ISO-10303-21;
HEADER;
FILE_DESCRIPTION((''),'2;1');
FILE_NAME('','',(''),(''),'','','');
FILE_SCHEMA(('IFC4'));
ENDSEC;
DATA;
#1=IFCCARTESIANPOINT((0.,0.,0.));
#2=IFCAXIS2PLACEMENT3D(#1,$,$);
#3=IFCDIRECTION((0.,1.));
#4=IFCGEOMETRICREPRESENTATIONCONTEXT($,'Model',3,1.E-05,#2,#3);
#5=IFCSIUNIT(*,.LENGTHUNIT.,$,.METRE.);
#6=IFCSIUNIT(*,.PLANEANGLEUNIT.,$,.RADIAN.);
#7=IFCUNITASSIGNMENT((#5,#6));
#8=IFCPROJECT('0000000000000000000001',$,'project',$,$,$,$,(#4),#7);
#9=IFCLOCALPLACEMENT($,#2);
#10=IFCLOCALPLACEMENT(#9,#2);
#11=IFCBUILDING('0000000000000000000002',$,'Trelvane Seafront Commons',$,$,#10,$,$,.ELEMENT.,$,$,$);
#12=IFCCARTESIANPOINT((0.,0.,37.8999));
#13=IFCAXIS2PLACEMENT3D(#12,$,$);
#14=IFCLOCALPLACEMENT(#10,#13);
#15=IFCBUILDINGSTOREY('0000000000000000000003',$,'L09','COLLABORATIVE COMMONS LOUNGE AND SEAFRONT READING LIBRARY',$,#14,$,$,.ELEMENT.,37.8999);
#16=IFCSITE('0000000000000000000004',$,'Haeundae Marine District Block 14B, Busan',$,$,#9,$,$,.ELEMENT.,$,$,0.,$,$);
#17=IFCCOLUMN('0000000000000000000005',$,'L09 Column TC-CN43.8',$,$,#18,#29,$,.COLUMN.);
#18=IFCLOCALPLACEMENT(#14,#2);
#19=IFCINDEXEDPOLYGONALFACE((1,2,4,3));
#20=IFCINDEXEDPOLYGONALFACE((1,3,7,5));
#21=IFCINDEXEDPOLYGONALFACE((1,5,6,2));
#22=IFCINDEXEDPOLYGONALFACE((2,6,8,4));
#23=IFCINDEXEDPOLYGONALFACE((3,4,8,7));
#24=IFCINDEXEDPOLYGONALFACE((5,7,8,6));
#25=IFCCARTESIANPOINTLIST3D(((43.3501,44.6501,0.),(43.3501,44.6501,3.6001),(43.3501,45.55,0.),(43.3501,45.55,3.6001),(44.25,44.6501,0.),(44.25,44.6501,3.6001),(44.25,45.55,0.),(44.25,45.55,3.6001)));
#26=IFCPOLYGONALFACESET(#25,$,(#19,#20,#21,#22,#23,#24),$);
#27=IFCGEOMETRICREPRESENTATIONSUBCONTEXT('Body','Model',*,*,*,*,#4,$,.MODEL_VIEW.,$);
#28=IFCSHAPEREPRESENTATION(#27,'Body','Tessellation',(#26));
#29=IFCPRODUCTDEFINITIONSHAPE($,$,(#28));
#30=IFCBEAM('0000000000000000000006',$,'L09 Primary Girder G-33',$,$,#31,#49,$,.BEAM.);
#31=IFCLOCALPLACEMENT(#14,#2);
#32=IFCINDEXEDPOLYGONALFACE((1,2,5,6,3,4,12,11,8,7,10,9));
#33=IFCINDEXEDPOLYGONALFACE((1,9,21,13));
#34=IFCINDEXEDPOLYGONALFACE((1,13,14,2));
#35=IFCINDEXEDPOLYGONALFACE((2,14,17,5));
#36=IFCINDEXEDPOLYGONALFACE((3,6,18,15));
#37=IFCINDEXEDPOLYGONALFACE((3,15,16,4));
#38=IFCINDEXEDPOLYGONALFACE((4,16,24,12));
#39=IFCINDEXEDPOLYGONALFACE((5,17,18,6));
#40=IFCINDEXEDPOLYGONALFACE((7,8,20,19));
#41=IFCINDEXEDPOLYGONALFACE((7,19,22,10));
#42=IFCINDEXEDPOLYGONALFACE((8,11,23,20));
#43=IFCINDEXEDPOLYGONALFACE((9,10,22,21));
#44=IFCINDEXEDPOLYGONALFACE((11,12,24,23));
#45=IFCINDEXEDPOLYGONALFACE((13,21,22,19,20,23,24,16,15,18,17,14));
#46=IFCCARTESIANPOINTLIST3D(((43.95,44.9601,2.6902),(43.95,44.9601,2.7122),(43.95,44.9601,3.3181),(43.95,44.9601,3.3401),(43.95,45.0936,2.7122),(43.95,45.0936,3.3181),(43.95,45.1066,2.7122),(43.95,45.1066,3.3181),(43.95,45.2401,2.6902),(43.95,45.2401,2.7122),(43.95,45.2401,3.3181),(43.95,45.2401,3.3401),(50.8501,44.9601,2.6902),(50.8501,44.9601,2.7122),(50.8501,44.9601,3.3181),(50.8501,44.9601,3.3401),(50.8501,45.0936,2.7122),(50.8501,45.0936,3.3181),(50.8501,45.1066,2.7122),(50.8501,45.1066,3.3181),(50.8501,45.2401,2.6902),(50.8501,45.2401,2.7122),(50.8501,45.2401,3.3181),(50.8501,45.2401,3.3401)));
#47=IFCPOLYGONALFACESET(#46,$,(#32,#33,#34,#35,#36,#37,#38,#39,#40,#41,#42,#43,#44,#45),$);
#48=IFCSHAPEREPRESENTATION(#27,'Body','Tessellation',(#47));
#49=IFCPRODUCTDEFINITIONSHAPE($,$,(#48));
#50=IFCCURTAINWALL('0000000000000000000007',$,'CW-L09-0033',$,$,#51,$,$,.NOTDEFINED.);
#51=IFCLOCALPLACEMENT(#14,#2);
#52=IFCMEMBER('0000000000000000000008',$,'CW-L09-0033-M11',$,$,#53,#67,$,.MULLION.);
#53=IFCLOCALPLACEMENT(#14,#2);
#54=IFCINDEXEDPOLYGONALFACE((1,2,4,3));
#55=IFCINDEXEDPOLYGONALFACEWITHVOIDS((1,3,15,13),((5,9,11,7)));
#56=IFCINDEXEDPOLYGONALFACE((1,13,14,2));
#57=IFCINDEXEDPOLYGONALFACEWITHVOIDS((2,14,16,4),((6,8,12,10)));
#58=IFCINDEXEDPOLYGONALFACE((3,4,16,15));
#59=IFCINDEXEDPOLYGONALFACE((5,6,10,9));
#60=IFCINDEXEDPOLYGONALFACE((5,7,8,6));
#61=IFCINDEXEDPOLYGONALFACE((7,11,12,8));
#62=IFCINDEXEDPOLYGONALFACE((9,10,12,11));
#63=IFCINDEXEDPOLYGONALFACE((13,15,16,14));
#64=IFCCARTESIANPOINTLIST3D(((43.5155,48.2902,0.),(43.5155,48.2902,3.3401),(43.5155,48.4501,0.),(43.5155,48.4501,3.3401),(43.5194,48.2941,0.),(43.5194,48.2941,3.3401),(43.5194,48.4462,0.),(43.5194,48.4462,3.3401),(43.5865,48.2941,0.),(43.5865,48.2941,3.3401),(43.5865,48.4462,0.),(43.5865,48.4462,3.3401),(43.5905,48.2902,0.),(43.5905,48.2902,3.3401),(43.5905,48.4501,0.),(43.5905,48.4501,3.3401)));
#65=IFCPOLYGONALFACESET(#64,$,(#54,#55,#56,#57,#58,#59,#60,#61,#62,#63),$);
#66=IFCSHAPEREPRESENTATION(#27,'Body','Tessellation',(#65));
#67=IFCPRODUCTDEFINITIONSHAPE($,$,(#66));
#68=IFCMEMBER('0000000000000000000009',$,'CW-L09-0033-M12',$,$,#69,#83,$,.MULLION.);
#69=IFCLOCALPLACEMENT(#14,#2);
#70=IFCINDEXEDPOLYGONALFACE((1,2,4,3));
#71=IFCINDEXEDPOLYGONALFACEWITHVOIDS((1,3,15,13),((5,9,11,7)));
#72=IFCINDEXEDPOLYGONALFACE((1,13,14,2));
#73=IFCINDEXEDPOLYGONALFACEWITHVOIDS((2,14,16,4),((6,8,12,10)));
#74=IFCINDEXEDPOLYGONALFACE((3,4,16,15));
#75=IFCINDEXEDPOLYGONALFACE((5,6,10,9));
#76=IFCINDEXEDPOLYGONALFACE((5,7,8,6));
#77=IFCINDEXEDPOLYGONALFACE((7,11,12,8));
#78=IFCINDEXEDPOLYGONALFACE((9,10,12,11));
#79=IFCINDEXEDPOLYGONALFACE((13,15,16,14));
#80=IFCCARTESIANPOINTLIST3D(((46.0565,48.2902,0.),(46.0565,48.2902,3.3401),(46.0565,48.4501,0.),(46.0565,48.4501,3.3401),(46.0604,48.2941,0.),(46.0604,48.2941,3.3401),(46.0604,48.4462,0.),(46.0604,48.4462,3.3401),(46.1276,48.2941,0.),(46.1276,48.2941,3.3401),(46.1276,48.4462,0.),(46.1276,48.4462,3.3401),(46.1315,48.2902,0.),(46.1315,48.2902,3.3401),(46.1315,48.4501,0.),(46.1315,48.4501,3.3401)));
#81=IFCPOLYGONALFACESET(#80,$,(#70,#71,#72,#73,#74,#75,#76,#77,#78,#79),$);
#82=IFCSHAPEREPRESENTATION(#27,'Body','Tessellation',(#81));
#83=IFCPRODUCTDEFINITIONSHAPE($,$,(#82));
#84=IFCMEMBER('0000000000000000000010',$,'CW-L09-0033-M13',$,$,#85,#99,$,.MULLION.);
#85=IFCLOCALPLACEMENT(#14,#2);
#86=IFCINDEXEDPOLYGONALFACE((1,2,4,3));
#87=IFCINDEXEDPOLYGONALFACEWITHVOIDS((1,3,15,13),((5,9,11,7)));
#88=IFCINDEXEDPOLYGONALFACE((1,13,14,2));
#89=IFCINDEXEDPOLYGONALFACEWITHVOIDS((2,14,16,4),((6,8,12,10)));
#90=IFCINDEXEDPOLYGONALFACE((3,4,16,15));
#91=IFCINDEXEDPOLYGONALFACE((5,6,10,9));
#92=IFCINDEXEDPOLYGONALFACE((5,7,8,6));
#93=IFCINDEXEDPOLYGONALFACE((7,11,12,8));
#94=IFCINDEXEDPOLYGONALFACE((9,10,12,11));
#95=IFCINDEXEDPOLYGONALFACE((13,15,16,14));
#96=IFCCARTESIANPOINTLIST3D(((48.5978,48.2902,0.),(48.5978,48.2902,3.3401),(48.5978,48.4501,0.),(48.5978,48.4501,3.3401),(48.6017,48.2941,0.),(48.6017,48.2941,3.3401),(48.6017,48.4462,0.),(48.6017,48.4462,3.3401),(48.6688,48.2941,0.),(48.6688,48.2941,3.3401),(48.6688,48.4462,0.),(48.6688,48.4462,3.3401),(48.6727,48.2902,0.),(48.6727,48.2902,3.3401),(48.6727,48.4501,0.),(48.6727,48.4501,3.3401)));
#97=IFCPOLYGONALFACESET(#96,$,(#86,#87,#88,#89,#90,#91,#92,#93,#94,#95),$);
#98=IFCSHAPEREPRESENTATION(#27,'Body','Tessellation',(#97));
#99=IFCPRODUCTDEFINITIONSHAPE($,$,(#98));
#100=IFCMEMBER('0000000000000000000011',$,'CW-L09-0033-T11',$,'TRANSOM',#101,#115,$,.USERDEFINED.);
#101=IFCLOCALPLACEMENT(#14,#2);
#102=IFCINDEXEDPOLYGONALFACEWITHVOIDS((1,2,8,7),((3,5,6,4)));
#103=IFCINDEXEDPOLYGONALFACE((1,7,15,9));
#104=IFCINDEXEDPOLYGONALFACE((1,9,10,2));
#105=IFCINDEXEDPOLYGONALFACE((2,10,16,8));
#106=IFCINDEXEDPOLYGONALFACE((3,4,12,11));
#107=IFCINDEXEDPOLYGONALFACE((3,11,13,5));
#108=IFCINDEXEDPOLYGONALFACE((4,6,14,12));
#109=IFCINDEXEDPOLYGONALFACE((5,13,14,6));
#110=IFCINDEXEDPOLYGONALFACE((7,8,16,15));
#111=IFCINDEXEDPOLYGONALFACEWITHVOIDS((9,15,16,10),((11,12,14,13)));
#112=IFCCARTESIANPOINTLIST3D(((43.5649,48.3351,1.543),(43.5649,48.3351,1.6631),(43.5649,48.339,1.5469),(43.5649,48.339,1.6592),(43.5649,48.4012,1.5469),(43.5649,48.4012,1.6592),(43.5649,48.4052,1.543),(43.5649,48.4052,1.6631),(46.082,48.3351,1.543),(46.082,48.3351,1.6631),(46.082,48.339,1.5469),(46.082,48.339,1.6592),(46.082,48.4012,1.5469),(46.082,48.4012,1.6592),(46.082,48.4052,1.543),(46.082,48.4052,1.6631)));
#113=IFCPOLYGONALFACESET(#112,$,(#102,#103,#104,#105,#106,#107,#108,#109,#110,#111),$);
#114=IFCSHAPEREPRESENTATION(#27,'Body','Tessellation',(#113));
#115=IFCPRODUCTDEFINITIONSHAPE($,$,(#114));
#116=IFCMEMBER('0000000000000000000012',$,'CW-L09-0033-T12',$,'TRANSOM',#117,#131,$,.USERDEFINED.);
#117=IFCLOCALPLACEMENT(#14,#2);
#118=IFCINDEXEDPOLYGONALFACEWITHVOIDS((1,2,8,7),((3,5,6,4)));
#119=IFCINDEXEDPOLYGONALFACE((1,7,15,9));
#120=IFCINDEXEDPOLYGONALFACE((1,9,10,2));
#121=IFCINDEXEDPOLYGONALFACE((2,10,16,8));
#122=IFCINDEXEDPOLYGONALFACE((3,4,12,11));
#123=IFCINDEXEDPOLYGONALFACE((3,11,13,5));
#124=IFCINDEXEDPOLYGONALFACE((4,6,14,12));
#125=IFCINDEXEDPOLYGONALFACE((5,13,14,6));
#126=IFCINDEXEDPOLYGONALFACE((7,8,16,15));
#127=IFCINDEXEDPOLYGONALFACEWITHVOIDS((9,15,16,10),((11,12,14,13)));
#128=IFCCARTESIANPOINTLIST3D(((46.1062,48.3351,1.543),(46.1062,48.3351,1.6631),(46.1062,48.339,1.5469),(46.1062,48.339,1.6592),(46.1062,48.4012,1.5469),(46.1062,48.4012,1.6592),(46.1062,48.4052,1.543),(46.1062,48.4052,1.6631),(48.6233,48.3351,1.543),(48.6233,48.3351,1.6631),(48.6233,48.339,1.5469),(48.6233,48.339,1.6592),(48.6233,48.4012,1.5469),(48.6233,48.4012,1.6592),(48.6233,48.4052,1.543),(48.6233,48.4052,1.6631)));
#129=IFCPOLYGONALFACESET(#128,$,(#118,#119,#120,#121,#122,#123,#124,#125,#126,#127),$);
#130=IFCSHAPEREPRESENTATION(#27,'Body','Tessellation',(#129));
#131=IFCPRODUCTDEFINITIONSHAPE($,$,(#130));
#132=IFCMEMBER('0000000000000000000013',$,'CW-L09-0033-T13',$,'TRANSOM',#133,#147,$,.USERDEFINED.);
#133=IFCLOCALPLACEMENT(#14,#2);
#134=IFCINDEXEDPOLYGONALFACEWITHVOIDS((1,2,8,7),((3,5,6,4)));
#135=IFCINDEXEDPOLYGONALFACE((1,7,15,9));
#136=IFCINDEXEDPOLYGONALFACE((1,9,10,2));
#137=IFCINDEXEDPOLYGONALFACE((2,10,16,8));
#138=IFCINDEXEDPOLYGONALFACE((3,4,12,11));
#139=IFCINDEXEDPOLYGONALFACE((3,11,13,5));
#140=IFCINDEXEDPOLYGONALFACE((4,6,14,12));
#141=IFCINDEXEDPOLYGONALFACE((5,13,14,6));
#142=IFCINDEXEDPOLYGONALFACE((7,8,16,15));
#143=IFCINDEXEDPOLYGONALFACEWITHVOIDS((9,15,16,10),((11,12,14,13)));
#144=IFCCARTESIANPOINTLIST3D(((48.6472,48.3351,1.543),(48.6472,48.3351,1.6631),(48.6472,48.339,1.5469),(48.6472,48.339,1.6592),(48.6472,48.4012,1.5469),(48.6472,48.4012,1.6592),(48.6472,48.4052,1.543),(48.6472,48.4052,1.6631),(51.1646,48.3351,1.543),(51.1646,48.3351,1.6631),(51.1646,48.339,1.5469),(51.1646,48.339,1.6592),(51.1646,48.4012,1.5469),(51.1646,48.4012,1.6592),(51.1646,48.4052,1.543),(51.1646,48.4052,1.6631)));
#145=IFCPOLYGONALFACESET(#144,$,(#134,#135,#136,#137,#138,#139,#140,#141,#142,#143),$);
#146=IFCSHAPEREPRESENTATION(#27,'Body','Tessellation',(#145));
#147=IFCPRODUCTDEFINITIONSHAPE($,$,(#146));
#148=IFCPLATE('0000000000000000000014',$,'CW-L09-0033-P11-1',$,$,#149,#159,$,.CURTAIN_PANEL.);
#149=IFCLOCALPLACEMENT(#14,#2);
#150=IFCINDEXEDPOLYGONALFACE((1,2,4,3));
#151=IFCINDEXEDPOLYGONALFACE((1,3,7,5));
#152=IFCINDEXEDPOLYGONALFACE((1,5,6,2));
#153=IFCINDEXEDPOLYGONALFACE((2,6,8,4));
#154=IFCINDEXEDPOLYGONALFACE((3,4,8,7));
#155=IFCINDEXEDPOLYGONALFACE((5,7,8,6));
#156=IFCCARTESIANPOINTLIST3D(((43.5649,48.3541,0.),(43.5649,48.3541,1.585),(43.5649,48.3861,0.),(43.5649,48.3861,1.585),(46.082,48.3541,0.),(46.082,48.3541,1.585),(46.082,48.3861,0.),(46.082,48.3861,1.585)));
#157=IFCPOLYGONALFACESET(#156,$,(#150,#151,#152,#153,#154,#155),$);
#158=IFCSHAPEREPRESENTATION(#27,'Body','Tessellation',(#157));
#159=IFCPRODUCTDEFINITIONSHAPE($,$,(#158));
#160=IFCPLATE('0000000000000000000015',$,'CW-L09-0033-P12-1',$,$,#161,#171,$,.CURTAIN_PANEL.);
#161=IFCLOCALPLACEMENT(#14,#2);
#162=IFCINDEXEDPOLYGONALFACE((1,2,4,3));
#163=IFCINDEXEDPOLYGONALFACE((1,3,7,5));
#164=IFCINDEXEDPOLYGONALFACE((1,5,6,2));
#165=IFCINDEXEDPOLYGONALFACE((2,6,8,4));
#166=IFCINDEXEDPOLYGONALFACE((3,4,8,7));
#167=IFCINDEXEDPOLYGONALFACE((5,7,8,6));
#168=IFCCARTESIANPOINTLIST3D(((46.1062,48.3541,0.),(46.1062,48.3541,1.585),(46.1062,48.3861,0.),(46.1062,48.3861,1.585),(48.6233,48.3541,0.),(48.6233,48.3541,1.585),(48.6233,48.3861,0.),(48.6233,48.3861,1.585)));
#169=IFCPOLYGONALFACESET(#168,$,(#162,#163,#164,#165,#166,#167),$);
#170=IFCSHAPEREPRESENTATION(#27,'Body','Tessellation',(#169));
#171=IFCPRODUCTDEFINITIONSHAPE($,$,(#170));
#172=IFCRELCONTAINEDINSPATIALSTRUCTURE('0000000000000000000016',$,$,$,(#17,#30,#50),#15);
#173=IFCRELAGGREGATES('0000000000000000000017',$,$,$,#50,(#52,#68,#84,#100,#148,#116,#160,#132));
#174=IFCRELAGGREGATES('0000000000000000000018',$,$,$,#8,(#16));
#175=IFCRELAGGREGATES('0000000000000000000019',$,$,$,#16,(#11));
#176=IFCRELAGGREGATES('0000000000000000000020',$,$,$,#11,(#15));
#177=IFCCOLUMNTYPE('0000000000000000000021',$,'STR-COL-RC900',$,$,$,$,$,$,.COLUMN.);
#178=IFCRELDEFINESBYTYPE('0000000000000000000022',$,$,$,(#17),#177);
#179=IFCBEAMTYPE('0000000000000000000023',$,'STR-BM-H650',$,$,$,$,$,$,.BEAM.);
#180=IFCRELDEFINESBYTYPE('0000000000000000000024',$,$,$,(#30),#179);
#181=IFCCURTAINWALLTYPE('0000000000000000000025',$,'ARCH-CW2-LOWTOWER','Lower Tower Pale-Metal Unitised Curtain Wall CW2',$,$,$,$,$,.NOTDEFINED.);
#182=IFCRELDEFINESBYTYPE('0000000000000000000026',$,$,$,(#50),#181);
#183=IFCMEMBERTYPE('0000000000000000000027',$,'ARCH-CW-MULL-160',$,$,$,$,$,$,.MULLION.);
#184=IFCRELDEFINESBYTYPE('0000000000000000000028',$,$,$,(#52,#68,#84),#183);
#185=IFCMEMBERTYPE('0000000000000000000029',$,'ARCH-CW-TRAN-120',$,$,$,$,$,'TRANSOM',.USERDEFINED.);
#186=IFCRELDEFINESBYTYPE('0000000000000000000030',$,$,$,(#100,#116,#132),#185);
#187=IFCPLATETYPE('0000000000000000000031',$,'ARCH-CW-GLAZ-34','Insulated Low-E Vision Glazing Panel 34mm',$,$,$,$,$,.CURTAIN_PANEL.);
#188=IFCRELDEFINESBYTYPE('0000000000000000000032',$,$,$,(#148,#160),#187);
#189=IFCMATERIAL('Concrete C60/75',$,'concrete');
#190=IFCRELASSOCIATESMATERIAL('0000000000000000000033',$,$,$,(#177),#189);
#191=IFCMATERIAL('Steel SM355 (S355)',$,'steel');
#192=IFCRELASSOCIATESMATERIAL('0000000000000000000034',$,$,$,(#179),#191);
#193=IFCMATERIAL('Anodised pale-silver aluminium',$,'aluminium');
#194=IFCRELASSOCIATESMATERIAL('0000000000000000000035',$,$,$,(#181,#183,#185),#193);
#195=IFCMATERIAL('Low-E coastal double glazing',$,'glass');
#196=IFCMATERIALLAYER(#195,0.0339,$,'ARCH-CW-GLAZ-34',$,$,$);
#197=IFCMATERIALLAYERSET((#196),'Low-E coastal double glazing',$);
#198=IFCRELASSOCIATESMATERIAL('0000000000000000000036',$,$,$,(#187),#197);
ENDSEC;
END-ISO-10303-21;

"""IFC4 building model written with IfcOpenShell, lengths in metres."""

from ifc_helpers import new_model, si_unit, direction, frame, origin, origin_2d, place, context, subcontext, project, spatial, rectangle, hollow_rectangle, i_section, extrude, source, transform, mapped, material, layer, layer_set, material_profile, profile_set, type_object, element, aggregate, save


model = new_model("IFC4")

# Units and contexts
model_context = context("Model", 3, precision=1e-05, world=origin(), true_north=direction((0.0, 1.0)))
body_context = subcontext(model_context, "Body", "Model", "MODEL_VIEW")
ifc_project = project(units=[si_unit("LENGTHUNIT", "METRE"), si_unit("PLANEANGLEUNIT", "RADIAN")], contexts=[model_context])

# Site, building, storey
site_placement = place(None, origin())
site = spatial("IfcSite", under=ifc_project, at=site_placement, Name="Haeundae Marine District Block 14B, Busan", CompositionType="ELEMENT", RefElevation=0.0)
building_placement = place(site_placement, origin())
building = spatial("IfcBuilding", under=site, at=building_placement, Name="Trelvane Seafront Commons", CompositionType="ELEMENT")
storey_placement = place(building_placement, frame((0.0, 0.0, 37.8999)))
storey = spatial("IfcBuildingStorey", under=building, at=storey_placement, Name="L09", Description="COLLABORATIVE COMMONS LOUNGE AND SEAFRONT READING LIBRARY", CompositionType="ELEMENT", Elevation=37.8999)

# Column
ifc_material_1 = material(Name="Concrete C60/75", Category="concrete")
ifc_material_profile_1 = material_profile(ifc_material_1, rectangle(XDim=0.8999, YDim=0.8999, at=origin_2d()), Name="RC-900x900")
ifc_profile_set_1 = profile_set([ifc_material_profile_1], Name="Concrete C60/75")
column_type = type_object("IfcColumnType", Name="STR-COL-RC900", PredefinedType="COLUMN", material=ifc_profile_set_1)
shared_shape_1 = source(origin(), body_context, "Body", "SweptSolid", [
    extrude(rectangle(XDim=0.8999, YDim=0.8999, at=origin_2d()), origin(), (0.0, 0.0, 1.0), 3.6001),
])
column_placement = place(storey_placement, frame((43.8, 45.1001, 0.0), z_axis=(0.0, 0.0, 1.0), x_axis=(1.0, 0.0, 0.0)))
element("IfcColumn", 1, at=column_placement, inside=storey, type_object=column_type, Name="L09 Column TC-CN43.8", PredefinedType="COLUMN", context=body_context, shape_type="MappedRepresentation", body=[
    mapped(shared_shape_1, transform((0.0, 0.0, 0.0), x_axis=(1.0, 0.0, 0.0), y_axis=(0.0, 1.0, 0.0), z_axis=(0.0, 0.0, 1.0), scale=1.0)),
])

# Beam
ifc_material_2 = material(Name="Steel SM355 (S355)", Category="steel")
ifc_material_profile_2 = material_profile(ifc_material_2, i_section(OverallWidth=0.28, OverallDepth=0.6499, WebThickness=0.0129, FlangeThickness=0.022, at=origin_2d()), Name="H-650x280x13x22")
ifc_profile_set_2 = profile_set([ifc_material_profile_2], Name="Steel SM355 (S355)")
beam_type = type_object("IfcBeamType", Name="STR-BM-H650", PredefinedType="BEAM", material=ifc_profile_set_2)
shared_shape_2 = source(origin(), body_context, "Body", "SweptSolid", [
    extrude(i_section(OverallWidth=0.28, OverallDepth=0.6499, WebThickness=0.0129, FlangeThickness=0.022, at=origin_2d()), origin(), (0.0, 0.0, 1.0), 6.9001),
])
beam_placement = place(storey_placement, frame((43.95, 45.1001, 3.0151), z_axis=(1.0, 0.0, 0.0), x_axis=(0.0, 1.0, 0.0)))
element("IfcBeam", 2, at=beam_placement, inside=storey, type_object=beam_type, Name="L09 Primary Girder G-33", PredefinedType="BEAM", context=body_context, shape_type="MappedRepresentation", body=[
    mapped(shared_shape_2, transform((0.0, 0.0, 0.0), x_axis=(1.0, 0.0, 0.0), y_axis=(0.0, 1.0, 0.0), z_axis=(0.0, 0.0, 1.0), scale=1.0)),
])

# Curtain wall, members, plates
ifc_material_3 = material(Name="Anodised pale-silver aluminium", Category="aluminium")
curtain_wall_type = type_object("IfcCurtainWallType", Name="ARCH-CW2-LOWTOWER", Description="Lower Tower Pale-Metal Unitised Curtain Wall CW2", PredefinedType="NOTDEFINED", material=ifc_material_3)
curtain_wall_placement = place(storey_placement, origin())
curtain_wall = element("IfcCurtainWall", 3, at=curtain_wall_placement, inside=storey, type_object=curtain_wall_type, Name="CW-L09-0033", PredefinedType="NOTDEFINED")
ifc_material_profile_3 = material_profile(ifc_material_3, hollow_rectangle(XDim=0.075, YDim=0.1599, WallThickness=0.0039, at=origin_2d()), Name="MULL-75x160x4")
ifc_profile_set_3 = profile_set([ifc_material_profile_3], Name="Anodised pale-silver aluminium")
member_type_1 = type_object("IfcMemberType", Name="ARCH-CW-MULL-160", PredefinedType="MULLION", material=ifc_profile_set_3)
shared_shape_3 = source(origin(), body_context, "Body", "SweptSolid", [
    extrude(hollow_rectangle(XDim=0.075, YDim=0.1599, WallThickness=0.0039, at=origin_2d()), origin(), (0.0, 0.0, 1.0), 3.3401),
])
member_1_placement = place(storey_placement, frame((43.553, 48.3701, 0.0), z_axis=(0.0, 0.0, 1.0), x_axis=(1.0, 0.0, 0.0)))
member_1 = element("IfcMember", 4, at=member_1_placement, type_object=member_type_1, Name="CW-L09-0033-M11", PredefinedType="MULLION", context=body_context, shape_type="MappedRepresentation", body=[
    mapped(shared_shape_3, transform((0.0, 0.0, 0.0), x_axis=(1.0, 0.0, 0.0), y_axis=(0.0, 1.0, 0.0), z_axis=(0.0, 0.0, 1.0), scale=1.0)),
])
member_2_placement = place(storey_placement, frame((46.094, 48.3701, 0.0), z_axis=(0.0, 0.0, 1.0), x_axis=(1.0, 0.0, 0.0)))
member_2 = element("IfcMember", 5, at=member_2_placement, type_object=member_type_1, Name="CW-L09-0033-M12", PredefinedType="MULLION", context=body_context, shape_type="MappedRepresentation", body=[
    mapped(shared_shape_3, transform((0.0, 0.0, 0.0), x_axis=(1.0, 0.0, 0.0), y_axis=(0.0, 1.0, 0.0), z_axis=(0.0, 0.0, 1.0), scale=1.0)),
])
member_3_placement = place(storey_placement, frame((48.6353, 48.3701, 0.0), z_axis=(0.0, 0.0, 1.0), x_axis=(1.0, 0.0, 0.0)))
member_3 = element("IfcMember", 6, at=member_3_placement, type_object=member_type_1, Name="CW-L09-0033-M13", PredefinedType="MULLION", context=body_context, shape_type="MappedRepresentation", body=[
    mapped(shared_shape_3, transform((0.0, 0.0, 0.0), x_axis=(1.0, 0.0, 0.0), y_axis=(0.0, 1.0, 0.0), z_axis=(0.0, 0.0, 1.0), scale=1.0)),
])
ifc_material_profile_4 = material_profile(ifc_material_3, hollow_rectangle(XDim=0.0701, YDim=0.1201, WallThickness=0.0039, at=origin_2d()), Name="TRAN-70x120x4")
ifc_profile_set_4 = profile_set([ifc_material_profile_4], Name="Anodised pale-silver aluminium")
member_type_2 = type_object("IfcMemberType", Name="ARCH-CW-TRAN-120", ElementType="TRANSOM", PredefinedType="USERDEFINED", material=ifc_profile_set_4)
shared_shape_4 = source(origin(), body_context, "Body", "SweptSolid", [
    extrude(hollow_rectangle(XDim=0.0701, YDim=0.1201, WallThickness=0.0039, at=origin_2d()), origin(), (0.0, 0.0, 1.0), 2.5171),
])
member_4_placement = place(storey_placement, frame((43.5649, 48.3701, 1.603), z_axis=(1.0, 0.0, 0.0), x_axis=(0.0, 1.0, 0.0)))
member_4 = element("IfcMember", 7, at=member_4_placement, type_object=member_type_2, Name="CW-L09-0033-T11", ObjectType="TRANSOM", PredefinedType="USERDEFINED", context=body_context, shape_type="MappedRepresentation", body=[
    mapped(shared_shape_4, transform((0.0, 0.0, 0.0), x_axis=(1.0, 0.0, 0.0), y_axis=(0.0, 1.0, 0.0), z_axis=(0.0, 0.0, 1.0), scale=1.0)),
])
member_5_placement = place(storey_placement, frame((46.1062, 48.3701, 1.603), z_axis=(1.0, 0.0, 0.0), x_axis=(0.0, 1.0, 0.0)))
member_5 = element("IfcMember", 8, at=member_5_placement, type_object=member_type_2, Name="CW-L09-0033-T12", ObjectType="TRANSOM", PredefinedType="USERDEFINED", context=body_context, shape_type="MappedRepresentation", body=[
    mapped(shared_shape_4, transform((0.0, 0.0, 0.0), x_axis=(1.0, 0.0, 0.0), y_axis=(0.0, 1.0, 0.0), z_axis=(0.0, 0.0, 1.0), scale=1.0)),
])
shared_shape_5 = source(origin(), body_context, "Body", "SweptSolid", [
    extrude(hollow_rectangle(XDim=0.0701, YDim=0.1201, WallThickness=0.0039, at=origin_2d()), origin(), (0.0, 0.0, 1.0), 2.5173),
])
member_6_placement = place(storey_placement, frame((48.6472, 48.3701, 1.603), z_axis=(1.0, 0.0, 0.0), x_axis=(0.0, 1.0, 0.0)))
member_6 = element("IfcMember", 9, at=member_6_placement, type_object=member_type_2, Name="CW-L09-0033-T13", ObjectType="TRANSOM", PredefinedType="USERDEFINED", context=body_context, shape_type="MappedRepresentation", body=[
    mapped(shared_shape_5, transform((0.0, 0.0, 0.0), x_axis=(1.0, 0.0, 0.0), y_axis=(0.0, 1.0, 0.0), z_axis=(0.0, 0.0, 1.0), scale=1.0)),
])
ifc_material_4 = material(Name="Low-E coastal double glazing", Category="glass")
ifc_layer_1 = layer(ifc_material_4, 0.0339, Name="ARCH-CW-GLAZ-34")
ifc_layer_set_1 = layer_set([ifc_layer_1], Name="Low-E coastal double glazing")
plate_type_1 = type_object("IfcPlateType", Name="ARCH-CW-GLAZ-34", Description="Insulated Low-E Vision Glazing Panel 34mm", PredefinedType="CURTAIN_PANEL", material=ifc_layer_set_1)
shared_shape_6 = source(origin(), body_context, "Body", "SweptSolid", [
    extrude(rectangle(XDim=2.5171, YDim=0.032, at=origin_2d()), origin(), (0.0, 0.0, 1.0), 1.585),
])
plate_1_placement = place(storey_placement, frame((44.8235, 48.3701, 0.0), z_axis=(0.0, 0.0, 1.0), x_axis=(1.0, 0.0, 0.0)))
plate_1 = element("IfcPlate", 10, at=plate_1_placement, type_object=plate_type_1, Name="CW-L09-0033-P11-1", PredefinedType="CURTAIN_PANEL", context=body_context, shape_type="MappedRepresentation", body=[
    mapped(shared_shape_6, transform((0.0, 0.0, 0.0), x_axis=(1.0, 0.0, 0.0), y_axis=(0.0, 1.0, 0.0), z_axis=(0.0, 0.0, 1.0), scale=1.0)),
])
plate_2_placement = place(storey_placement, frame((47.3647, 48.3701, 0.0), z_axis=(0.0, 0.0, 1.0), x_axis=(1.0, 0.0, 0.0)))
plate_2 = element("IfcPlate", 11, at=plate_2_placement, type_object=plate_type_1, Name="CW-L09-0033-P12-1", PredefinedType="CURTAIN_PANEL", context=body_context, shape_type="MappedRepresentation", body=[
    mapped(shared_shape_6, transform((0.0, 0.0, 0.0), x_axis=(1.0, 0.0, 0.0), y_axis=(0.0, 1.0, 0.0), z_axis=(0.0, 0.0, 1.0), scale=1.0)),
])
aggregate(curtain_wall, [member_1, member_2, member_3, member_4, plate_1, member_5, plate_2, member_6])

save(model, "model.ifc")
